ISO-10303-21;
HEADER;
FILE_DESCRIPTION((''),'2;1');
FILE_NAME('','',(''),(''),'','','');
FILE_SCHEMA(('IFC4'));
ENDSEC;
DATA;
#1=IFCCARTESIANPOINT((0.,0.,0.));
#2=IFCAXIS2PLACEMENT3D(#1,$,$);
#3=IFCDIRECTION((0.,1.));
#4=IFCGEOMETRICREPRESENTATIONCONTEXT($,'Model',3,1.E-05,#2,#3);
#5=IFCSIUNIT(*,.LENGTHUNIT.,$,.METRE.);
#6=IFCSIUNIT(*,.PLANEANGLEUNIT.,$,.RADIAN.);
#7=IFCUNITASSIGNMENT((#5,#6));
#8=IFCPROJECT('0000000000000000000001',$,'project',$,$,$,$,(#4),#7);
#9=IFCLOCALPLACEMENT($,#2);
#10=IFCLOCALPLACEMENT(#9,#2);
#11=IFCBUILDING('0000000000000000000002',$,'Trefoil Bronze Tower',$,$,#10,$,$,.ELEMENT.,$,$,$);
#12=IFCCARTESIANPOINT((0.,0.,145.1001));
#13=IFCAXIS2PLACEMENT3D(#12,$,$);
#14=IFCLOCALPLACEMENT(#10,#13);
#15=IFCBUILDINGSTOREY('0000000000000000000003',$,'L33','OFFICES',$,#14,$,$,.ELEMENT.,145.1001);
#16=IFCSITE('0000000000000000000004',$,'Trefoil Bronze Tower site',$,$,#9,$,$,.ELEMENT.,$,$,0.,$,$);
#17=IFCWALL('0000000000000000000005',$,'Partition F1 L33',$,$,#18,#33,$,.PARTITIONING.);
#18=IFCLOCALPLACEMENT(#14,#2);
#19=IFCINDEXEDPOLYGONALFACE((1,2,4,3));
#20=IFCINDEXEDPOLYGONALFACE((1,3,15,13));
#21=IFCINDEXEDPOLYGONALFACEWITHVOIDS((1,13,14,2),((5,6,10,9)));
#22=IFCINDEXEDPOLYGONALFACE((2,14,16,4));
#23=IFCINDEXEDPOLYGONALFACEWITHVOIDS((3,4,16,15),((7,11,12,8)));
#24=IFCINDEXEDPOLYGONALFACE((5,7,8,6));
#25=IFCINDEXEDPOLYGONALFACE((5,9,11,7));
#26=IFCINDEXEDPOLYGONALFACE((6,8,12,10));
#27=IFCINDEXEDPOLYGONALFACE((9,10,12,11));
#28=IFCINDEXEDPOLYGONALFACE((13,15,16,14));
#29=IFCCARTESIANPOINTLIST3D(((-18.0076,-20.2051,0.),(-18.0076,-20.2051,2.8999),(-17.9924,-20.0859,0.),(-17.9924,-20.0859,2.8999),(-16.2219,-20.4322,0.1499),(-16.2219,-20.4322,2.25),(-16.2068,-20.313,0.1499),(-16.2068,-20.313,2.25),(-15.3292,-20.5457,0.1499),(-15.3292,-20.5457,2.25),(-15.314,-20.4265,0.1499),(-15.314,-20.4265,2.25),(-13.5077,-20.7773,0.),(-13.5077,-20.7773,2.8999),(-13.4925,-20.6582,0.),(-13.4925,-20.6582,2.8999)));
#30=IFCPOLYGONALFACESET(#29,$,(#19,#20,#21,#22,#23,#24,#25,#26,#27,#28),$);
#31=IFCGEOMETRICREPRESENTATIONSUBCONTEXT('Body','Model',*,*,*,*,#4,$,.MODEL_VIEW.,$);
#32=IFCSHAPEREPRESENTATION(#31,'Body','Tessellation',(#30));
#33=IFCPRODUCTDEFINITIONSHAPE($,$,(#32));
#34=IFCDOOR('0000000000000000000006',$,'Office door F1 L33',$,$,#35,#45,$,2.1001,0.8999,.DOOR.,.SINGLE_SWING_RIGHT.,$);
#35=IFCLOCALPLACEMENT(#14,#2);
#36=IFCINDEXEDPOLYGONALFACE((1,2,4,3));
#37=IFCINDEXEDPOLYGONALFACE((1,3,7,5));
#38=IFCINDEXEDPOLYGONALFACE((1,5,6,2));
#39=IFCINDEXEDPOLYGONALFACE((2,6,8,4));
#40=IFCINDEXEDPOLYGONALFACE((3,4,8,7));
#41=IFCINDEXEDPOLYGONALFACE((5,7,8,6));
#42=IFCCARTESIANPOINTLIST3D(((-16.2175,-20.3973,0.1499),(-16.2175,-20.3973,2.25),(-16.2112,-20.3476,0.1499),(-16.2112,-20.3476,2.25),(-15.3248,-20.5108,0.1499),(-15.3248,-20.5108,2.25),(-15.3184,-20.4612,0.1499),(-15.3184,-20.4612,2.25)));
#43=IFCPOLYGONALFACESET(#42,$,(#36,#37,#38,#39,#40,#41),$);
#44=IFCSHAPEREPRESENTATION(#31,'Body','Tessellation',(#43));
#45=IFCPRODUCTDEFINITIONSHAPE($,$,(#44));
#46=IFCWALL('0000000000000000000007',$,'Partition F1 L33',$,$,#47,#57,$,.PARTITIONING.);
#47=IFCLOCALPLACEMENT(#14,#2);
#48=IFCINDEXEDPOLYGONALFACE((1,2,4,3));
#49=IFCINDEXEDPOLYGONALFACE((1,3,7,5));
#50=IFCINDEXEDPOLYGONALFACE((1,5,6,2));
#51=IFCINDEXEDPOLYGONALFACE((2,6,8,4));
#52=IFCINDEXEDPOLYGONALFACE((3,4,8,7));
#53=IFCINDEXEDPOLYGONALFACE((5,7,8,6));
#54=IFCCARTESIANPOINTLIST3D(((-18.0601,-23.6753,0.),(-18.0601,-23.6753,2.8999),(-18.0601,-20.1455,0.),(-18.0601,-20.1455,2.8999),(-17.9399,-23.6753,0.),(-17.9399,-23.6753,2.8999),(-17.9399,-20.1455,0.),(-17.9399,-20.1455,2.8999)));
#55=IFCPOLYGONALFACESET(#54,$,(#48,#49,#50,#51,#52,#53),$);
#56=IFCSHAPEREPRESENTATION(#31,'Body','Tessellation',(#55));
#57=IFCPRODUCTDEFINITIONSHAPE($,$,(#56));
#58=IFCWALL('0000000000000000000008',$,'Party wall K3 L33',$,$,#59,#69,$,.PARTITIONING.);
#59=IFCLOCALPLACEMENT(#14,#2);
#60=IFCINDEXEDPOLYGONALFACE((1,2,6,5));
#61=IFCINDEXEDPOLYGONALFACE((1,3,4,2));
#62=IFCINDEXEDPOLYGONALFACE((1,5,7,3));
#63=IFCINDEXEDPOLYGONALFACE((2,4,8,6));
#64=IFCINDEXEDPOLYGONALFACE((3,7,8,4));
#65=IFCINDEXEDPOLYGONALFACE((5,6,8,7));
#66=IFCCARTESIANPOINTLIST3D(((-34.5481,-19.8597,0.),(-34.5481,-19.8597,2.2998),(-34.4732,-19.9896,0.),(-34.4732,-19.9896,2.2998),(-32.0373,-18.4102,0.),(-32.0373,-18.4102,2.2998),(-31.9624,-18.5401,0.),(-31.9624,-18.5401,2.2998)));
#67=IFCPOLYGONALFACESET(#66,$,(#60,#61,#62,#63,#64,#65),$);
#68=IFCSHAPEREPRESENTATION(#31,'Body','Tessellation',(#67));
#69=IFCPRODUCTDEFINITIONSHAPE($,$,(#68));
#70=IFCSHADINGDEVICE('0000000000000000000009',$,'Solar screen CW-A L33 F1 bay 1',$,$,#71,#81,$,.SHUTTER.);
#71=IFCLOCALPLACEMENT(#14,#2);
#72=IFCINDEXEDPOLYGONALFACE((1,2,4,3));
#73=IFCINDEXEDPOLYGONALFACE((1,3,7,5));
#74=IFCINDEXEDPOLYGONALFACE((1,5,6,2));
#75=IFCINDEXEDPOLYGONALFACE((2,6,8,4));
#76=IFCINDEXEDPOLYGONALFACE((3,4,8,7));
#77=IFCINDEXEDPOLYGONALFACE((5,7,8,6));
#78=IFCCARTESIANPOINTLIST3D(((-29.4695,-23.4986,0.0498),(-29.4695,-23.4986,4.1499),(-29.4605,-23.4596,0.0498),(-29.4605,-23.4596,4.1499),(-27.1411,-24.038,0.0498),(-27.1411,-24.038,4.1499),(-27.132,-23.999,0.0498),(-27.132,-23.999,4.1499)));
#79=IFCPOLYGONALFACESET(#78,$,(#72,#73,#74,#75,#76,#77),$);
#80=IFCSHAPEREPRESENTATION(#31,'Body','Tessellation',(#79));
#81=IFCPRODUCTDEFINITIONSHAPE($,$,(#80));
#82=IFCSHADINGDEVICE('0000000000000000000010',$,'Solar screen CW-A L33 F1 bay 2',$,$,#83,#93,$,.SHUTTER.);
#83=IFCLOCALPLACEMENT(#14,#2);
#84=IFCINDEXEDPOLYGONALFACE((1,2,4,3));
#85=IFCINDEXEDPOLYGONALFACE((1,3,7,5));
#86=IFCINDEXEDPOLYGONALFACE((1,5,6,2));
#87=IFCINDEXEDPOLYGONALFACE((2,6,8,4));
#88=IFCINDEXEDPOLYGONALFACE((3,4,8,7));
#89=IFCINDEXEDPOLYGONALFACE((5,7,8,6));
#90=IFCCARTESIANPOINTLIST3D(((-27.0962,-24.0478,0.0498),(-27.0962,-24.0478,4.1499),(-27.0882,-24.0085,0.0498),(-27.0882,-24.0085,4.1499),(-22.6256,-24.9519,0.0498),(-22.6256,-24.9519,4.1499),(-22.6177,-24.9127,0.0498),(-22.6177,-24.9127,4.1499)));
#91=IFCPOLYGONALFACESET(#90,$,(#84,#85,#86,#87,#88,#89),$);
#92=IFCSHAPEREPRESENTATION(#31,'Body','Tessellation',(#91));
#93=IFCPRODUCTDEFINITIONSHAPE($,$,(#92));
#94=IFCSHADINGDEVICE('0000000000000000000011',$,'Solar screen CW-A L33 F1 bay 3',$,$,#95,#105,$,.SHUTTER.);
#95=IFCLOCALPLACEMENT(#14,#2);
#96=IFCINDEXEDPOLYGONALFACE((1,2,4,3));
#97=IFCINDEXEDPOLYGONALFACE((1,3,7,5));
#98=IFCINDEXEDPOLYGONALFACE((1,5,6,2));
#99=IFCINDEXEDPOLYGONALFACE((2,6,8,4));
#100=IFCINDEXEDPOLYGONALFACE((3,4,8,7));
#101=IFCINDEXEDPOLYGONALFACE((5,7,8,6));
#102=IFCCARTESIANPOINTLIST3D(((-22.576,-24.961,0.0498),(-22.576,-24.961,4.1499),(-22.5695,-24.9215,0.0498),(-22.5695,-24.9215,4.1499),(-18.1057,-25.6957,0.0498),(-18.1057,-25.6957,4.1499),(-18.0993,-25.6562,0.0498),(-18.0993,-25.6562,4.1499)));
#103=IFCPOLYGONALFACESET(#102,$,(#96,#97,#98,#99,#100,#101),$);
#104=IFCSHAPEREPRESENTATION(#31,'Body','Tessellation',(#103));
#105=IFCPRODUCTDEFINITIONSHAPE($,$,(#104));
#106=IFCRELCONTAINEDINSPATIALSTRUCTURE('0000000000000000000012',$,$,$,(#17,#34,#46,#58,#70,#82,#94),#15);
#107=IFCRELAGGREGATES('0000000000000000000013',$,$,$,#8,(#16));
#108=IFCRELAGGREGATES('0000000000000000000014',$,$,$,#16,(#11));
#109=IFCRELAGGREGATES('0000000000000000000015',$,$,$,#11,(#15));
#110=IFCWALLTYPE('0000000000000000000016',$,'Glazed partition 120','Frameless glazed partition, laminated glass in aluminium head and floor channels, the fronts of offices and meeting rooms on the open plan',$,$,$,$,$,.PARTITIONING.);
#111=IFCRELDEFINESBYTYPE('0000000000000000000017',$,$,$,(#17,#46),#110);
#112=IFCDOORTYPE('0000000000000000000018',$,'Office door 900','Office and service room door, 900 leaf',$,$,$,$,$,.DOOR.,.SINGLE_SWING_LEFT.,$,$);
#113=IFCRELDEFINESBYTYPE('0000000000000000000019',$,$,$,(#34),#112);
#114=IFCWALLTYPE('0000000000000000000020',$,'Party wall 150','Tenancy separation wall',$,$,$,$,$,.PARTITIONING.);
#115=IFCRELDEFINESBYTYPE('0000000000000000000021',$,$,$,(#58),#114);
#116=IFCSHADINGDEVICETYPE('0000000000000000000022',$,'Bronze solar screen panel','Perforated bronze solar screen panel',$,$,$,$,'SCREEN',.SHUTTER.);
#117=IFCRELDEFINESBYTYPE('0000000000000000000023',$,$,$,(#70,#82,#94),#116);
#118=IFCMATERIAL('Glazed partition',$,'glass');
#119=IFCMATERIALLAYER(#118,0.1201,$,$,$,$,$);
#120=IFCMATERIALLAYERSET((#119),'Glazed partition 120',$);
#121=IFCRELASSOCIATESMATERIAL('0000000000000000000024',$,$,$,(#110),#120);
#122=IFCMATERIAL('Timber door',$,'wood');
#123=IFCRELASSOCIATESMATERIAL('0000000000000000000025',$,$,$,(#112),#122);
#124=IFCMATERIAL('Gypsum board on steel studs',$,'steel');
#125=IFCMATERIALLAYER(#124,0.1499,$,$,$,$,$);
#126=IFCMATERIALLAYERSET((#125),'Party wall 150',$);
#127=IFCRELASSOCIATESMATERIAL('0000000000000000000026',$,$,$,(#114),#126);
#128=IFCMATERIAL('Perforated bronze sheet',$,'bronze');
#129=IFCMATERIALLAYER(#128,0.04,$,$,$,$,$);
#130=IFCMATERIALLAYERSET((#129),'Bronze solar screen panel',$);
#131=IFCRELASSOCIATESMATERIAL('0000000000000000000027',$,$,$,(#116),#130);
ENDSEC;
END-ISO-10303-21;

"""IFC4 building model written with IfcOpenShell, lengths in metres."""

from ifc_helpers import new_model, si_unit, direction, frame, frame_2d, origin, origin_2d, place, context, subcontext, project, spatial, rectangle, extrude, material, layer, layer_set, type_object, element, fill, save


model = new_model("IFC4")

# Units and contexts
model_context = context("Model", 3, precision=1e-05, world=origin(), true_north=direction((0.0, 1.0)))
body_context = subcontext(model_context, "Body", "Model", "MODEL_VIEW")
ifc_project = project(units=[si_unit("LENGTHUNIT", "METRE"), si_unit("PLANEANGLEUNIT", "RADIAN")], contexts=[model_context])

# Site, building, storey
site_placement = place(None, origin())
site = spatial("IfcSite", under=ifc_project, at=site_placement, Name="Trefoil Bronze Tower site", CompositionType="ELEMENT", RefElevation=0.0)
building_placement = place(site_placement, origin())
building = spatial("IfcBuilding", under=site, at=building_placement, Name="Trefoil Bronze Tower", CompositionType="ELEMENT")
storey_placement = place(building_placement, frame((0.0, 0.0, 145.1001)))
storey = spatial("IfcBuildingStorey", under=building, at=storey_placement, Name="L33", Description="OFFICES", CompositionType="ELEMENT", Elevation=145.1001)

# Wall, opening, door
ifc_material_1 = material(Name="Glazed partition", Category="glass")
ifc_layer_1 = layer(ifc_material_1, 0.1201)
ifc_layer_set_1 = layer_set([ifc_layer_1], Name="Glazed partition 120")
wall_type_1 = type_object("IfcWallType", Name="Glazed partition 120", Description="Frameless glazed partition, laminated glass in aluminium head and floor channels, the fronts of offices and meeting rooms on the open plan", PredefinedType="PARTITIONING", material=ifc_layer_set_1)
wall_1_placement = place(storey_placement, frame((-18.0, -20.1455, 0.0), z_axis=(0.0, 0.0, 1.0), x_axis=(0.992011, -0.126154, 0.0)))
wall_1 = element("IfcWall", 1, at=wall_1_placement, inside=storey, type_object=wall_type_1, Name="Partition F1 L33", PredefinedType="PARTITIONING", context=body_context, shape_type="SweptSolid", body=[
    extrude(rectangle(XDim=4.5361, YDim=0.1201, at=frame_2d((2.2681, 0.0))), origin(), (0.0, 0.0, 1.0), 2.8999),
])
opening_placement = place(wall_1_placement, frame((1.8, 0.0, 0.1499)))
opening = element("IfcOpeningElement", 2, at=opening_placement, cuts=wall_1, PredefinedType="OPENING", context=body_context, shape_type="SweptSolid", body=[
    extrude(rectangle(XDim=0.8999, YDim=2.1001, at=frame_2d((0.45, 1.05))), frame((0.0, 0.0701, 0.0), z_axis=(0.0, -1.0, 0.0), x_axis=(1.0, 0.0, 0.0)), (0.0, 0.0, 1.0), 0.1401),
])
ifc_material_2 = material(Name="Timber door", Category="wood")
door_type = type_object("IfcDoorType", Name="Office door 900", Description="Office and service room door, 900 leaf", OperationType="SINGLE_SWING_LEFT", PredefinedType="DOOR", material=ifc_material_2)
door_placement = place(opening_placement, frame((0.8999, 0.0, 0.0), z_axis=(0.0, 0.0, 1.0), x_axis=(-1.0, 0.0, 0.0)))
door = element("IfcDoor", 3, at=door_placement, inside=storey, type_object=door_type, Name="Office door F1 L33", OperationType="SINGLE_SWING_RIGHT", OverallHeight=2.1001, OverallWidth=0.8999, PredefinedType="DOOR", context=body_context, shape_type="SweptSolid", body=[
    extrude(rectangle(XDim=0.8999, YDim=2.1001, at=frame_2d((0.45, 1.05))), frame((0.0, 0.0249, 0.0), z_axis=(0.0, -1.0, 0.0), x_axis=(1.0, 0.0, 0.0)), (0.0, 0.0, 1.0), 0.05),
])
fill(opening, door)

# Walls
wall_2_placement = place(storey_placement, frame((-18.0, -20.1455, 0.0), z_axis=(0.0, 0.0, 1.0), x_axis=(0.0, -1.0, 0.0)))
element("IfcWall", 4, at=wall_2_placement, inside=storey, type_object=wall_type_1, Name="Partition F1 L33", PredefinedType="PARTITIONING", context=body_context, shape_type="SweptSolid", body=[
    extrude(rectangle(XDim=3.5298, YDim=0.1201, at=frame_2d((1.7649, 0.0))), origin(), (0.0, 0.0, 1.0), 2.8999),
])
ifc_material_3 = material(Name="Gypsum board on steel studs", Category="steel")
ifc_layer_2 = layer(ifc_material_3, 0.1499)
ifc_layer_set_2 = layer_set([ifc_layer_2], Name="Party wall 150")
wall_type_2 = type_object("IfcWallType", Name="Party wall 150", Description="Tenancy separation wall", PredefinedType="PARTITIONING", material=ifc_layer_set_2)
wall_3_placement = place(storey_placement, frame((-31.9998, -18.4751, 0.0), z_axis=(0.0, 0.0, 1.0), x_axis=(-0.866043, -0.49997, 0.0)))
element("IfcWall", 5, at=wall_3_placement, inside=storey, type_object=wall_type_2, Name="Party wall K3 L33", PredefinedType="PARTITIONING", context=body_context, shape_type="SweptSolid", body=[
    extrude(rectangle(XDim=2.8992, YDim=0.1499, at=frame_2d((1.4497, 0.0))), origin(), (0.0, 0.0, 1.0), 2.2998),
])

# Shading devices
ifc_material_4 = material(Name="Perforated bronze sheet", Category="bronze")
ifc_layer_3 = layer(ifc_material_4, 0.04)
ifc_layer_set_3 = layer_set([ifc_layer_3], Name="Bronze solar screen panel")
shading_device_type = type_object("IfcShadingDeviceType", Name="Bronze solar screen panel", Description="Perforated bronze solar screen panel", ElementType="SCREEN", PredefinedType="SHUTTER", material=ifc_layer_set_3)
shading_device_1_placement = place(storey_placement, frame((-28.3008, -23.7488, 0.0498), z_axis=(0.0, 0.0, 1.0), x_axis=(0.974204, -0.225667, 0.0)))
element("IfcShadingDevice", 6, at=shading_device_1_placement, inside=storey, type_object=shading_device_type, Name="Solar screen CW-A L33 F1 bay 1", PredefinedType="SHUTTER", context=body_context, shape_type="SweptSolid", body=[
    extrude(rectangle(XDim=2.3901, YDim=0.04, at=origin_2d()), origin(), (0.0, 0.0, 1.0), 4.1001),
])
shading_device_2_placement = place(storey_placement, frame((-24.8569, -24.4802, 0.0498), z_axis=(0.0, 0.0, 1.0), x_axis=(0.980155, -0.198232, 0.0)))
element("IfcShadingDevice", 7, at=shading_device_2_placement, inside=storey, type_object=shading_device_type, Name="Solar screen CW-A L33 F1 bay 2", PredefinedType="SHUTTER", context=body_context, shape_type="SweptSolid", body=[
    extrude(rectangle(XDim=4.561, YDim=0.04, at=origin_2d()), origin(), (0.0, 0.0, 1.0), 4.1001),
])
shading_device_3_placement = place(storey_placement, frame((-20.3376, -25.3086, 0.0498), z_axis=(0.0, 0.0, 1.0), x_axis=(0.98676, -0.162189, 0.0)))
element("IfcShadingDevice", 8, at=shading_device_3_placement, inside=storey, type_object=shading_device_type, Name="Solar screen CW-A L33 F1 bay 3", PredefinedType="SHUTTER", context=body_context, shape_type="SweptSolid", body=[
    extrude(rectangle(XDim=4.5303, YDim=0.04, at=origin_2d()), origin(), (0.0, 0.0, 1.0), 4.1001),
])

save(model, "model.ifc")
